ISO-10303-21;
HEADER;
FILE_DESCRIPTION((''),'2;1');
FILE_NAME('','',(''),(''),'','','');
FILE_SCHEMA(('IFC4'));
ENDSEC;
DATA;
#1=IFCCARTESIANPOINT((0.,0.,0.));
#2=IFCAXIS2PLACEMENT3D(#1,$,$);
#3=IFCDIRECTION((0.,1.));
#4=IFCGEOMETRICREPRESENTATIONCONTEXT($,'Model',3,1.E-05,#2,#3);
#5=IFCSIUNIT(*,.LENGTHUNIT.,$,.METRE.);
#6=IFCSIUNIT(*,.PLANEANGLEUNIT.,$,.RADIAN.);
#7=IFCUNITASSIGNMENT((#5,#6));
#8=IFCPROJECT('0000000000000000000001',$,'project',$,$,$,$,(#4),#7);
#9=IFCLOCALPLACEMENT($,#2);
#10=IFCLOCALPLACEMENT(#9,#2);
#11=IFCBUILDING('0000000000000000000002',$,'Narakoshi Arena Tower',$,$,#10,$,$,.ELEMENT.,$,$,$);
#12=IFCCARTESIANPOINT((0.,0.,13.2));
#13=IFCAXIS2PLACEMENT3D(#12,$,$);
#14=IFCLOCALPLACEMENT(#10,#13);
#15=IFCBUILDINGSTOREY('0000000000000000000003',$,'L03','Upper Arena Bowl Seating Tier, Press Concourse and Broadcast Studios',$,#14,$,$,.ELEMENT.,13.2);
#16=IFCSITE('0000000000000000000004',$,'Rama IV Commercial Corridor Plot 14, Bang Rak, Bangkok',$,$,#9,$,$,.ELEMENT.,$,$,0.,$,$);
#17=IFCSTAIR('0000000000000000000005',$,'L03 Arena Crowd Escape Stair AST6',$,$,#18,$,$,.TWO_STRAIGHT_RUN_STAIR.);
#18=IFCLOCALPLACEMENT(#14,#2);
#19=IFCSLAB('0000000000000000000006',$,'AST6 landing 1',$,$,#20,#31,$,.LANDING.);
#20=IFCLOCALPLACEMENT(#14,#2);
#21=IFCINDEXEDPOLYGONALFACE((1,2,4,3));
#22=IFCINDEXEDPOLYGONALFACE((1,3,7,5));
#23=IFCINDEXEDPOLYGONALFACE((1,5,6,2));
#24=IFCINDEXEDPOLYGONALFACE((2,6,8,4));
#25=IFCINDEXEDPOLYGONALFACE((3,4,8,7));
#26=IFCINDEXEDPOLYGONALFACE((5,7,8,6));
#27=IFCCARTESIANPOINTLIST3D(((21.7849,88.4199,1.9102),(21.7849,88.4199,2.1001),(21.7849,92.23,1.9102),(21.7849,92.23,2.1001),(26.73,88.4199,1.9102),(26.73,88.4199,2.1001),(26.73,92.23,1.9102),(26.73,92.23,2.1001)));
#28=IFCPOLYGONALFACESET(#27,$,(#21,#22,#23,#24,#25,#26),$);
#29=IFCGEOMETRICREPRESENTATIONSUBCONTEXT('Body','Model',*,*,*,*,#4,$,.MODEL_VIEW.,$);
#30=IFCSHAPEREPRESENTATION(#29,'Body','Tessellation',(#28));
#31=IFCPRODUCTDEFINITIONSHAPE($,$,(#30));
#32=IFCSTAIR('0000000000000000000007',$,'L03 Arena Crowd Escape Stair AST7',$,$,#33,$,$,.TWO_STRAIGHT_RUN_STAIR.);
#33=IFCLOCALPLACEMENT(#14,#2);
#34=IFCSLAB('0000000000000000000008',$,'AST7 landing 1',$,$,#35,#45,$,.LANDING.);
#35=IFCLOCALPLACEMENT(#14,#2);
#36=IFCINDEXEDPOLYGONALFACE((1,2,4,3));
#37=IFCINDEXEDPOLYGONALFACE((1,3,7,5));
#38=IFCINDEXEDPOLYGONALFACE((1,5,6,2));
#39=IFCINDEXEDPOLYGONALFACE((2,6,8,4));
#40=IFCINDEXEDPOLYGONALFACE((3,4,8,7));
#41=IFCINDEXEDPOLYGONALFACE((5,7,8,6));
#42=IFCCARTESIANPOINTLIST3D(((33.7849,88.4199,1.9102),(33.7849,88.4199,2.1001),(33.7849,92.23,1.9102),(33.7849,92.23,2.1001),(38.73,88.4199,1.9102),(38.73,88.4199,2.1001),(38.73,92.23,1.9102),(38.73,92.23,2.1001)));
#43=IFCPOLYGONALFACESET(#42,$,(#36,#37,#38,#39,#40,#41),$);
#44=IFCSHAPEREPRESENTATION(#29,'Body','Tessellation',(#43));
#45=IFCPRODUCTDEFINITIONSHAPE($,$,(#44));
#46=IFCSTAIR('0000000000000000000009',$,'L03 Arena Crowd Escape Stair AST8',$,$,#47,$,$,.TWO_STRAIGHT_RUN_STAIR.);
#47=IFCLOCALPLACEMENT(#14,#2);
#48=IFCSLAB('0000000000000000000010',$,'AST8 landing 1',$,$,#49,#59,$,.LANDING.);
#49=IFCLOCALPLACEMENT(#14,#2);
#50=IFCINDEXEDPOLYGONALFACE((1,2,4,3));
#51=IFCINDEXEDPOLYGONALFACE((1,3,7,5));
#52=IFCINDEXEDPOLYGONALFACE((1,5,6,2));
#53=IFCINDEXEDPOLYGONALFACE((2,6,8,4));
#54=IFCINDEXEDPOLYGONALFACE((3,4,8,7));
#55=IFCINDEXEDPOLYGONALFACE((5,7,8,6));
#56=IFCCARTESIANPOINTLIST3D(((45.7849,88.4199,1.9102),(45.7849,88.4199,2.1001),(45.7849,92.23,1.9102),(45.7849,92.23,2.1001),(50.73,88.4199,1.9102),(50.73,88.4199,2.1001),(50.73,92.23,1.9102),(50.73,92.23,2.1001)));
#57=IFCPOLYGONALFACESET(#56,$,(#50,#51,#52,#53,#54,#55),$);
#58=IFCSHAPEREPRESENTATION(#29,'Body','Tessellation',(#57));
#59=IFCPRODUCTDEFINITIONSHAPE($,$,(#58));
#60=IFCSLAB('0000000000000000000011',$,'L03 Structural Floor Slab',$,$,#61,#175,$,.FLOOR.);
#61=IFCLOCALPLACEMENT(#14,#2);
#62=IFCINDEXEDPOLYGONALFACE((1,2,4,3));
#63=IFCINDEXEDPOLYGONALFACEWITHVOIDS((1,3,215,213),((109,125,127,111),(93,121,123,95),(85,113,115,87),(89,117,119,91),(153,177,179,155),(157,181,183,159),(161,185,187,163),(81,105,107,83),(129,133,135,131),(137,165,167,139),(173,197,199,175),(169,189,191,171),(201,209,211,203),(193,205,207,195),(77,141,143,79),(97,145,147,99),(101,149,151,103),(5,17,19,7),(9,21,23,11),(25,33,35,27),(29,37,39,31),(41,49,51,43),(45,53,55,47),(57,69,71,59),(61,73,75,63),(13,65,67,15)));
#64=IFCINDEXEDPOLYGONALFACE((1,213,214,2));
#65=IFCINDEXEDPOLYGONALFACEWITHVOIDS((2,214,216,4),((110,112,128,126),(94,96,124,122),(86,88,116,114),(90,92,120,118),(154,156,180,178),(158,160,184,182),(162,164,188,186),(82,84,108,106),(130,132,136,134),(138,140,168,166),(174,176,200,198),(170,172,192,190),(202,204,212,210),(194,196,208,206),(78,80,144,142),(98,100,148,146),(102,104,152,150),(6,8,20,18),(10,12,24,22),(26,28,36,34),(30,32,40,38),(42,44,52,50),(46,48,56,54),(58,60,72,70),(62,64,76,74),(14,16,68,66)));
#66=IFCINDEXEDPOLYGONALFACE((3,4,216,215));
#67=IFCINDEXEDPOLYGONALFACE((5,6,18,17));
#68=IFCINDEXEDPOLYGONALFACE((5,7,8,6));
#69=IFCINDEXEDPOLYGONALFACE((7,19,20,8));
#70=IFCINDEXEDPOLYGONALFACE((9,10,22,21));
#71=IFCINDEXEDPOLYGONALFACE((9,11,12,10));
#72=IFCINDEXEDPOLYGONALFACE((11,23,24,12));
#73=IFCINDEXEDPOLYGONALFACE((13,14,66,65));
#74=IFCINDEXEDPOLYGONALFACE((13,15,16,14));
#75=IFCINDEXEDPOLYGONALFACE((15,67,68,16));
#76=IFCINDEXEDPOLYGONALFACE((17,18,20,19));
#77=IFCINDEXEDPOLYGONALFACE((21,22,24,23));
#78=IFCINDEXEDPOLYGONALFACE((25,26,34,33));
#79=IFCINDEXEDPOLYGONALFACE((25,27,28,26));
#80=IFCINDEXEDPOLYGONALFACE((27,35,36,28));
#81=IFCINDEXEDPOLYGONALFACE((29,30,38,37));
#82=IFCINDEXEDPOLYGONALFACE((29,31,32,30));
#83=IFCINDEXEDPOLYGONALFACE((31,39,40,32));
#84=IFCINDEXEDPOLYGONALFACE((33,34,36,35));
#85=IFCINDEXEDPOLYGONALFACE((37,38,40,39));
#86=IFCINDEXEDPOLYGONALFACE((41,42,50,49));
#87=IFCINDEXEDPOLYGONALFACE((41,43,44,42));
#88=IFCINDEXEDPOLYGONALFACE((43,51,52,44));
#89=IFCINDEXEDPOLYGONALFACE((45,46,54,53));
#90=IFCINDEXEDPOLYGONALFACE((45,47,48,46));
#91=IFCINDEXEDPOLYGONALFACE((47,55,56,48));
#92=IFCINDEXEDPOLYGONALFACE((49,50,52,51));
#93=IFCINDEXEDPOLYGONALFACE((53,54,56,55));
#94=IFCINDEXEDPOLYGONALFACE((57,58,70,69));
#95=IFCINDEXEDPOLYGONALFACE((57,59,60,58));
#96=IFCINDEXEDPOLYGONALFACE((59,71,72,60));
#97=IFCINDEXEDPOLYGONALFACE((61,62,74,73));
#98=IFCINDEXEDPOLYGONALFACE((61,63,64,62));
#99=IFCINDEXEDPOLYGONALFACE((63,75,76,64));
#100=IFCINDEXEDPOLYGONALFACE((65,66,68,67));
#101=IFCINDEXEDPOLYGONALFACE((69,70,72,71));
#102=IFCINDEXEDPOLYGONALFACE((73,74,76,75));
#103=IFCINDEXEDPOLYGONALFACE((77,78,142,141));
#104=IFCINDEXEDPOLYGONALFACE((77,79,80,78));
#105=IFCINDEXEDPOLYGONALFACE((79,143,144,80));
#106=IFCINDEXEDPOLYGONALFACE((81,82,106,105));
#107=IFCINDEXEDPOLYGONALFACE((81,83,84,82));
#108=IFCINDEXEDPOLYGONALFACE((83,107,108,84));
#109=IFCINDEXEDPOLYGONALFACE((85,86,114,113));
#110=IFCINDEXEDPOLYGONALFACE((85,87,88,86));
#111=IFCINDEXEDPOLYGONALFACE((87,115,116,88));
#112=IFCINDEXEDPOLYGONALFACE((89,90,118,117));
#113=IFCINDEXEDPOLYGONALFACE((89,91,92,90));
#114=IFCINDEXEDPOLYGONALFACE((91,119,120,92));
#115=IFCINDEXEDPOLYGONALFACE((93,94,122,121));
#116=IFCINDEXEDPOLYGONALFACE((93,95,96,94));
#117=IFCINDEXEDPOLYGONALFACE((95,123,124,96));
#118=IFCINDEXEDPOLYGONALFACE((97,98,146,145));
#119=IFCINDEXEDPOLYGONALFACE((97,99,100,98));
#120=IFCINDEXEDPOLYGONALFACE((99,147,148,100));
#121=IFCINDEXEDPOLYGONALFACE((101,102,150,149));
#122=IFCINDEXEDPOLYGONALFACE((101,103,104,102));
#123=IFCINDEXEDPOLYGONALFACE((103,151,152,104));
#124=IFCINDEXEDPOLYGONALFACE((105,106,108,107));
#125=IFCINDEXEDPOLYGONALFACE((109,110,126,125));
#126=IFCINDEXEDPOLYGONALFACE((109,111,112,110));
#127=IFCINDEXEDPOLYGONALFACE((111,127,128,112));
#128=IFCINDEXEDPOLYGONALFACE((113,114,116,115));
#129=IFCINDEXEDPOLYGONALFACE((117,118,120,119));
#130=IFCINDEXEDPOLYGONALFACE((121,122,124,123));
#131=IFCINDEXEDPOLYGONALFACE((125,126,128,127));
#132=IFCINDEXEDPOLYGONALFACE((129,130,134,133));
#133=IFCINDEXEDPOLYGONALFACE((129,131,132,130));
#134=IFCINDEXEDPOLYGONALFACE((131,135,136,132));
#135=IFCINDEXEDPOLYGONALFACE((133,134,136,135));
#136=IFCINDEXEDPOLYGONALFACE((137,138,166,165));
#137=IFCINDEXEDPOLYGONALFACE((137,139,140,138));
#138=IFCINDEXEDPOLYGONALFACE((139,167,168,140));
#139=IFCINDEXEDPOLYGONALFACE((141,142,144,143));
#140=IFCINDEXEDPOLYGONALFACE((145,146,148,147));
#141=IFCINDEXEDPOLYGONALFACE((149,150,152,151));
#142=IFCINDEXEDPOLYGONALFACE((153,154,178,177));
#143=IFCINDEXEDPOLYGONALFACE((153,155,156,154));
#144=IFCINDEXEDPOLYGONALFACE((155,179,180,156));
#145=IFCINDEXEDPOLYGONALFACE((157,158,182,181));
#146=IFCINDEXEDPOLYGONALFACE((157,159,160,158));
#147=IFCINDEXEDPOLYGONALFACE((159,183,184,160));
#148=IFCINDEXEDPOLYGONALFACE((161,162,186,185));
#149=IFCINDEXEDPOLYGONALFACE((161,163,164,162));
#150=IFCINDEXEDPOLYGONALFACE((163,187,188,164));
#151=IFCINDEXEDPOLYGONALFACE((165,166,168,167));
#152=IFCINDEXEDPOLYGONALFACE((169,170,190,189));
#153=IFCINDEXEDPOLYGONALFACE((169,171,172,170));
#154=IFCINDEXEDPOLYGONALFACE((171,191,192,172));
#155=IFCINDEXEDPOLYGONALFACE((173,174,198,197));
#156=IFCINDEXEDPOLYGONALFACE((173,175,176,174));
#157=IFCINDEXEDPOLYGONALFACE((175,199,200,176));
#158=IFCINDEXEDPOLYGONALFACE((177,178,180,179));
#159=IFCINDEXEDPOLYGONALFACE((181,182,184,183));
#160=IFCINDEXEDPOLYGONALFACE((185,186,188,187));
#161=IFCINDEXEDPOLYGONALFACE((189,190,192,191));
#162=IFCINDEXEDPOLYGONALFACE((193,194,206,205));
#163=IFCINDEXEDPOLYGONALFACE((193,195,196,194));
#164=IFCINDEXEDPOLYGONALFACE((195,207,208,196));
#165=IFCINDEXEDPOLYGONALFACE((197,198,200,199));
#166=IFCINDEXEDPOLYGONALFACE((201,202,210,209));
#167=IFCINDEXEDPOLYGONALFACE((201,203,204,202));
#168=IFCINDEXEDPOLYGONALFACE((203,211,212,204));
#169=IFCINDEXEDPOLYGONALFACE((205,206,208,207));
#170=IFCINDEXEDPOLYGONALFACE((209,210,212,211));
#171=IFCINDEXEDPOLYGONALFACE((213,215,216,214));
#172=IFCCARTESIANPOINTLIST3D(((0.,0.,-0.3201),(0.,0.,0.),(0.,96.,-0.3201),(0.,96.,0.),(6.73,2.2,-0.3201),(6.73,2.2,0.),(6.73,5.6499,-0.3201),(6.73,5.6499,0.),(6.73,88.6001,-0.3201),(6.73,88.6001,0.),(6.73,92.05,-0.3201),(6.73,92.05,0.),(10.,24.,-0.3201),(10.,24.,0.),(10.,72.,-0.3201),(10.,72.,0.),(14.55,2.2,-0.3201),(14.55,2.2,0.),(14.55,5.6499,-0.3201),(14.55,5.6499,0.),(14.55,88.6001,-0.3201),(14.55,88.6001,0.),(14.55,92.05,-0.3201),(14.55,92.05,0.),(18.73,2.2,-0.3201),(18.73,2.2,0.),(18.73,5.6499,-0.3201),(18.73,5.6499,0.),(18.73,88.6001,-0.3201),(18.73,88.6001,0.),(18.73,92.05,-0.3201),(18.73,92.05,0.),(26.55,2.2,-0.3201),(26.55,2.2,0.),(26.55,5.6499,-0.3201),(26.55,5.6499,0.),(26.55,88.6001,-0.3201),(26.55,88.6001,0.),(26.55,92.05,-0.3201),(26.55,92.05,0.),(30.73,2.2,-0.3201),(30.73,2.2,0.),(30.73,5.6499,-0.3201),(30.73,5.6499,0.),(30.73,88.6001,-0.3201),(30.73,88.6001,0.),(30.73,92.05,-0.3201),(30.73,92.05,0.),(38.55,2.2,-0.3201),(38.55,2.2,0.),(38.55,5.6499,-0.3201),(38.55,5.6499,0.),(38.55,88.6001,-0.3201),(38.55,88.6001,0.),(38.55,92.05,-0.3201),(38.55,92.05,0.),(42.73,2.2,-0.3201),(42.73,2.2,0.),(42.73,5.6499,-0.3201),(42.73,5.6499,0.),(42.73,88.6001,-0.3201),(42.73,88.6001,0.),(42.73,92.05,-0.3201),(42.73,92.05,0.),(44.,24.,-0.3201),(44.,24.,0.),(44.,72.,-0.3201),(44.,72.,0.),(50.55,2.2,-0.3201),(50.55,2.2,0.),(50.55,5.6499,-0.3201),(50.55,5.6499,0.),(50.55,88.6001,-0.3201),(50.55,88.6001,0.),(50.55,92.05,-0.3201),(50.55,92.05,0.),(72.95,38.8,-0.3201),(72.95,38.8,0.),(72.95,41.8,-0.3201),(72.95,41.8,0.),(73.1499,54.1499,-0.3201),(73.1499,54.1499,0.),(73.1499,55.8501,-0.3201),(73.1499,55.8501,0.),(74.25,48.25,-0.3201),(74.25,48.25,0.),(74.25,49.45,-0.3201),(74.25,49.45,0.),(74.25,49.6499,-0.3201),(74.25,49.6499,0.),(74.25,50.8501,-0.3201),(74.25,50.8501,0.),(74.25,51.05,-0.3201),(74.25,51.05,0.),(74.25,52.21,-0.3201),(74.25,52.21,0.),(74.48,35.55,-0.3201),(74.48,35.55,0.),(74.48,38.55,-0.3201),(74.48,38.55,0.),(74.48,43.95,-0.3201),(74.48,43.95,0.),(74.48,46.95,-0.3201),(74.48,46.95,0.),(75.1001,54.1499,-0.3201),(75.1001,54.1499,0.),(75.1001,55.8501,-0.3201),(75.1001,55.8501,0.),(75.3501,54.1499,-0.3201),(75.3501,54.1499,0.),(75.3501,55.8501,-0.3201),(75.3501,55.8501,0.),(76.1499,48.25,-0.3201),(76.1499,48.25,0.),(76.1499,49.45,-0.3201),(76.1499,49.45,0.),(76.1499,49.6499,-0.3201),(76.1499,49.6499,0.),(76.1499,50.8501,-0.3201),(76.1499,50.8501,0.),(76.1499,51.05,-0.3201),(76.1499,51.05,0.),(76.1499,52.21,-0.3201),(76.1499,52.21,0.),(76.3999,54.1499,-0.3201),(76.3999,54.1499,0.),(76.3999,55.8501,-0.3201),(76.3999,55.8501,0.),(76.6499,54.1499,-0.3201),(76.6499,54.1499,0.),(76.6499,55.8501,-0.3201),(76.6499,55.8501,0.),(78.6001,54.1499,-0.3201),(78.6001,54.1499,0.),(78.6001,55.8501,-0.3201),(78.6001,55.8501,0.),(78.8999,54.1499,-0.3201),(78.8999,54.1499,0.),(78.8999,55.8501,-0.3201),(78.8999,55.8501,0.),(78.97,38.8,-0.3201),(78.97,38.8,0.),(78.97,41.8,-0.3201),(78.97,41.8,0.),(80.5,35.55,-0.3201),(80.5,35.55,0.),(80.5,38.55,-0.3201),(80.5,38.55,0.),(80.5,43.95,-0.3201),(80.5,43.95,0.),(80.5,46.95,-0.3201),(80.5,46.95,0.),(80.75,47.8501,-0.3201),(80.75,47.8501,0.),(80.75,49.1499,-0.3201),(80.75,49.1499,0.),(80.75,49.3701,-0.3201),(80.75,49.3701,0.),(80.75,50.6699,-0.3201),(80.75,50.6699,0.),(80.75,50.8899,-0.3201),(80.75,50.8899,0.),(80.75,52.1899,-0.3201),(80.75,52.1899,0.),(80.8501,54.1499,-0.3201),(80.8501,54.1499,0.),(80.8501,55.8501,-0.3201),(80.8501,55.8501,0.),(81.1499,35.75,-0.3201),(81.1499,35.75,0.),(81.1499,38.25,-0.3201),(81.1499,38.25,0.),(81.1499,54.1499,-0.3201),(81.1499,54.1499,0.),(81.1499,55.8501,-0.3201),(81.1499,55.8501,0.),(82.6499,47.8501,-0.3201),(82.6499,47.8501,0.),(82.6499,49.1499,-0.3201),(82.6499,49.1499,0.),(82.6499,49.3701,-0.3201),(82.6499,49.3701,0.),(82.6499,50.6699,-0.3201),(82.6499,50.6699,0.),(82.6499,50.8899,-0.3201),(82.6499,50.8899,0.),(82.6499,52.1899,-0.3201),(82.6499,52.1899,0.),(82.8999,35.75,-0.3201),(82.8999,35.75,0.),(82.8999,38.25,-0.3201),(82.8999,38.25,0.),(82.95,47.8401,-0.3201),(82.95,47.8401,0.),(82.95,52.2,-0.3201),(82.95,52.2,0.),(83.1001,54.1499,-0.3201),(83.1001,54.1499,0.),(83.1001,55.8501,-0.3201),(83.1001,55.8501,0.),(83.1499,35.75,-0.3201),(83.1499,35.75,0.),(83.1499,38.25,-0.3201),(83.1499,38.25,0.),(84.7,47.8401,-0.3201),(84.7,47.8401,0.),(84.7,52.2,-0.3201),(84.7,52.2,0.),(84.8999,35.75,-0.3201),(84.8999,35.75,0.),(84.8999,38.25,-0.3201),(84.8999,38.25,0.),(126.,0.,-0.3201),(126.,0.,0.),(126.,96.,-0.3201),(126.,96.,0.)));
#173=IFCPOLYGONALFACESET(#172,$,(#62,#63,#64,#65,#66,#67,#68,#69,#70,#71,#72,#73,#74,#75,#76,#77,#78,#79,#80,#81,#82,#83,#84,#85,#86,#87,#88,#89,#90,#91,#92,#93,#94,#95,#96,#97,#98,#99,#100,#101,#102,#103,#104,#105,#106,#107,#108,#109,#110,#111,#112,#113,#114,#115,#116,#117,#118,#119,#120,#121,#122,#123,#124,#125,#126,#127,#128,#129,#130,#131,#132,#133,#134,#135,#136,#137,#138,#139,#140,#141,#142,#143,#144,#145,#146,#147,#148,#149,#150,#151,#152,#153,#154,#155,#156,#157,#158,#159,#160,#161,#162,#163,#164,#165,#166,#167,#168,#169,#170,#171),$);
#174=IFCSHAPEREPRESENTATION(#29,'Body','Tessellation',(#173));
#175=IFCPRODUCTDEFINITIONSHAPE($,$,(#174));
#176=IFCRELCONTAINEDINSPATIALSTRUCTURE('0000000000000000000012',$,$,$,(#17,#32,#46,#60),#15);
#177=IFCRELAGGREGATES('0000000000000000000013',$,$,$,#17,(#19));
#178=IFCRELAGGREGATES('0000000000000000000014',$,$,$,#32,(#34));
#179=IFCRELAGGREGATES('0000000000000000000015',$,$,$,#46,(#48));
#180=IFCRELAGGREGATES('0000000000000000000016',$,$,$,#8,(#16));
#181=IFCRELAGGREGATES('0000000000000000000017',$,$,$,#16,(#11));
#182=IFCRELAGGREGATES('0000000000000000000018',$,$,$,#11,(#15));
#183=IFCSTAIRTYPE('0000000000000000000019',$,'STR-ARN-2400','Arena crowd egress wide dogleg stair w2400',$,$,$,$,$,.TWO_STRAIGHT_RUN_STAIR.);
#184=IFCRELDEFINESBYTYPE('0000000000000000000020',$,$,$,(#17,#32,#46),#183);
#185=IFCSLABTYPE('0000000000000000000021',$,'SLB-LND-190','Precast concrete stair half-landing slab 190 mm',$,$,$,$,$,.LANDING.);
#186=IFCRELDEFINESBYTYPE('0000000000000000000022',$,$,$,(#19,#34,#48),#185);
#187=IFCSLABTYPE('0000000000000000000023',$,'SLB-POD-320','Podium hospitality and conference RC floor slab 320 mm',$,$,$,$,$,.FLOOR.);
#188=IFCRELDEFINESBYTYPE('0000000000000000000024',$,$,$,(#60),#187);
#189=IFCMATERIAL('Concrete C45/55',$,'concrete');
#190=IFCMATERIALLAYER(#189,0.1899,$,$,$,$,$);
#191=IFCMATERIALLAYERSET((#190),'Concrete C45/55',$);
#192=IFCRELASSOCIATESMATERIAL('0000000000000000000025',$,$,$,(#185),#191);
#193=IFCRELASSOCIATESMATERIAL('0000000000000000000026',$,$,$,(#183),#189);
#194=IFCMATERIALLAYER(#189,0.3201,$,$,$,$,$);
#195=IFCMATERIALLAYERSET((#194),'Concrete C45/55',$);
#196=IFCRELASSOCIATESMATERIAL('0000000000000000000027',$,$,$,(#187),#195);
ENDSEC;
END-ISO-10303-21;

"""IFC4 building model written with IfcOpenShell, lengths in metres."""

from ifc_helpers import new_model, si_unit, direction, frame, origin, place, context, subcontext, project, spatial, polyline, outline, extrude, material, layer, layer_set, type_object, element, aggregate, save


model = new_model("IFC4")

# Units and contexts
model_context = context("Model", 3, precision=1e-05, world=origin(), true_north=direction((0.0, 1.0)))
body_context = subcontext(model_context, "Body", "Model", "MODEL_VIEW")
ifc_project = project(units=[si_unit("LENGTHUNIT", "METRE"), si_unit("PLANEANGLEUNIT", "RADIAN")], contexts=[model_context])

# Site, building, storey
site_placement = place(None, origin())
site = spatial("IfcSite", under=ifc_project, at=site_placement, Name="Rama IV Commercial Corridor Plot 14, Bang Rak, Bangkok", CompositionType="ELEMENT", RefElevation=0.0)
building_placement = place(site_placement, origin())
building = spatial("IfcBuilding", under=site, at=building_placement, Name="Narakoshi Arena Tower", CompositionType="ELEMENT")
storey_placement = place(building_placement, frame((0.0, 0.0, 13.2)))
storey = spatial("IfcBuildingStorey", under=building, at=storey_placement, Name="L03", Description="Upper Arena Bowl Seating Tier, Press Concourse and Broadcast Studios", CompositionType="ELEMENT", Elevation=13.2)

# Stairs, slabs
ifc_material_1 = material(Name="Concrete C45/55", Category="concrete")
ifc_layer_1 = layer(ifc_material_1, 0.1899)
ifc_layer_set_1 = layer_set([ifc_layer_1], Name="Concrete C45/55")
slab_type_1 = type_object("IfcSlabType", Name="SLB-LND-190", Description="Precast concrete stair half-landing slab 190 mm", PredefinedType="LANDING", material=ifc_layer_set_1)
stair_type_1 = type_object("IfcStairType", Name="STR-ARN-2400", Description="Arena crowd egress wide dogleg stair w2400", PredefinedType="TWO_STRAIGHT_RUN_STAIR", material=ifc_material_1)
stair_1_placement = place(storey_placement, origin())
stair_1 = element("IfcStair", 1, at=stair_1_placement, inside=storey, type_object=stair_type_1, Name="L03 Arena Crowd Escape Stair AST6", PredefinedType="TWO_STRAIGHT_RUN_STAIR")
slab_1_placement = place(storey_placement, frame((0.0, 0.0, 1.9102)))
slab_1 = element("IfcSlab", 2, at=slab_1_placement, type_object=slab_type_1, Name="AST6 landing 1", PredefinedType="LANDING", context=body_context, shape_type="SweptSolid", body=[
    extrude(outline(polyline([(21.7849, 88.4199), (26.73, 88.4199), (26.73, 92.23), (21.7849, 92.23), (21.7849, 88.4199)])), origin(), (0.0, 0.0, 1.0), 0.1899),
])
aggregate(stair_1, [slab_1])
stair_2_placement = place(storey_placement, origin())
stair_2 = element("IfcStair", 3, at=stair_2_placement, inside=storey, type_object=stair_type_1, Name="L03 Arena Crowd Escape Stair AST7", PredefinedType="TWO_STRAIGHT_RUN_STAIR")
slab_2_placement = place(storey_placement, frame((0.0, 0.0, 1.9102)))
slab_2 = element("IfcSlab", 4, at=slab_2_placement, type_object=slab_type_1, Name="AST7 landing 1", PredefinedType="LANDING", context=body_context, shape_type="SweptSolid", body=[
    extrude(outline(polyline([(33.7849, 88.4199), (38.73, 88.4199), (38.73, 92.23), (33.7849, 92.23), (33.7849, 88.4199)])), origin(), (0.0, 0.0, 1.0), 0.1899),
])
aggregate(stair_2, [slab_2])
stair_3_placement = place(storey_placement, origin())
stair_3 = element("IfcStair", 5, at=stair_3_placement, inside=storey, type_object=stair_type_1, Name="L03 Arena Crowd Escape Stair AST8", PredefinedType="TWO_STRAIGHT_RUN_STAIR")
slab_3_placement = place(storey_placement, frame((0.0, 0.0, 1.9102)))
slab_3 = element("IfcSlab", 6, at=slab_3_placement, type_object=slab_type_1, Name="AST8 landing 1", PredefinedType="LANDING", context=body_context, shape_type="SweptSolid", body=[
    extrude(outline(polyline([(45.7849, 88.4199), (50.73, 88.4199), (50.73, 92.23), (45.7849, 92.23), (45.7849, 88.4199)])), origin(), (0.0, 0.0, 1.0), 0.1899),
])
aggregate(stair_3, [slab_3])

# Slab
ifc_layer_2 = layer(ifc_material_1, 0.3201)
ifc_layer_set_2 = layer_set([ifc_layer_2], Name="Concrete C45/55")
slab_type_2 = type_object("IfcSlabType", Name="SLB-POD-320", Description="Podium hospitality and conference RC floor slab 320 mm", PredefinedType="FLOOR", material=ifc_layer_set_2)
slab_4_placement = place(storey_placement, frame((0.0, 0.0, -0.3201)))
element("IfcSlab", 7, at=slab_4_placement, inside=storey, type_object=slab_type_2, Name="L03 Structural Floor Slab", PredefinedType="FLOOR", context=body_context, shape_type="SweptSolid", body=[
    extrude(outline(polyline([(0.0, 0.0), (126.0, 0.0), (126.0, 96.0), (0.0, 96.0), (0.0, 0.0)]), holes=[polyline([(6.73, 2.2), (6.73, 5.6499), (14.55, 5.6499), (14.55, 2.2), (6.73, 2.2)]), polyline([(18.73, 5.6499), (26.55, 5.6499), (26.55, 2.2), (18.73, 2.2), (18.73, 5.6499)]), polyline([(30.73, 5.6499), (38.55, 5.6499), (38.55, 2.2), (30.73, 2.2), (30.73, 5.6499)]), polyline([(42.73, 2.2), (42.73, 5.6499), (50.55, 5.6499), (50.55, 2.2), (42.73, 2.2)]), polyline([(10.0, 72.0), (44.0, 72.0), (44.0, 24.0), (10.0, 24.0), (10.0, 72.0)]), polyline([(74.48, 38.55), (80.5, 38.55), (80.5, 35.55), (74.48, 35.55), (74.48, 38.55)]), polyline([(81.1499, 35.75), (81.1499, 38.25), (82.8999, 38.25), (82.8999, 35.75), (81.1499, 35.75)]), polyline([(83.1499, 38.25), (84.8999, 38.25), (84.8999, 35.75), (83.1499, 35.75), (83.1499, 38.25)]), polyline([(72.95, 38.8), (72.95, 41.8), (78.97, 41.8), (78.97, 38.8), (72.95, 38.8)]), polyline([(74.48, 46.95), (80.5, 46.95), (80.5, 43.95), (74.48, 43.95), (74.48, 46.95)]), polyline([(82.95, 52.2), (84.7, 52.2), (84.7, 47.8401), (82.95, 47.8401), (82.95, 52.2)]), polyline([(80.75, 49.1499), (82.6499, 49.1499), (82.6499, 47.8501), (80.75, 47.8501), (80.75, 49.1499)]), polyline([(74.25, 49.45), (76.1499, 49.45), (76.1499, 48.25), (74.25, 48.25), (74.25, 49.45)]), polyline([(80.75, 49.3701), (80.75, 50.6699), (82.6499, 50.6699), (82.6499, 49.3701), (80.75, 49.3701)]), polyline([(74.25, 49.6499), (74.25, 50.8501), (76.1499, 50.8501), (76.1499, 49.6499), (74.25, 49.6499)]), polyline([(80.75, 52.1899), (82.6499, 52.1899), (82.6499, 50.8899), (80.75, 50.8899), (80.75, 52.1899)]), polyline([(74.25, 52.21), (76.1499, 52.21), (76.1499, 51.05), (74.25, 51.05), (74.25, 52.21)]), polyline([(73.1499, 55.8501), (75.1001, 55.8501), (75.1001, 54.1499), (73.1499, 54.1499), (73.1499, 55.8501)]), polyline([(75.3501, 55.8501), (76.3999, 55.8501), (76.3999, 54.1499), (75.3501, 54.1499), (75.3501, 55.8501)]), polyline([(76.6499, 55.8501), (78.6001, 55.8501), (78.6001, 54.1499), (76.6499, 54.1499), (76.6499, 55.8501)]), polyline([(78.8999, 55.8501), (80.8501, 55.8501), (80.8501, 54.1499), (78.8999, 54.1499), (78.8999, 55.8501)]), polyline([(81.1499, 55.8501), (83.1001, 55.8501), (83.1001, 54.1499), (81.1499, 54.1499), (81.1499, 55.8501)]), polyline([(6.73, 92.05), (14.55, 92.05), (14.55, 88.6001), (6.73, 88.6001), (6.73, 92.05)]), polyline([(18.73, 92.05), (26.55, 92.05), (26.55, 88.6001), (18.73, 88.6001), (18.73, 92.05)]), polyline([(30.73, 92.05), (38.55, 92.05), (38.55, 88.6001), (30.73, 88.6001), (30.73, 92.05)]), polyline([(42.73, 92.05), (50.55, 92.05), (50.55, 88.6001), (42.73, 88.6001), (42.73, 92.05)])]), origin(), (0.0, 0.0, 1.0), 0.3201),
])

save(model, "model.ifc")
